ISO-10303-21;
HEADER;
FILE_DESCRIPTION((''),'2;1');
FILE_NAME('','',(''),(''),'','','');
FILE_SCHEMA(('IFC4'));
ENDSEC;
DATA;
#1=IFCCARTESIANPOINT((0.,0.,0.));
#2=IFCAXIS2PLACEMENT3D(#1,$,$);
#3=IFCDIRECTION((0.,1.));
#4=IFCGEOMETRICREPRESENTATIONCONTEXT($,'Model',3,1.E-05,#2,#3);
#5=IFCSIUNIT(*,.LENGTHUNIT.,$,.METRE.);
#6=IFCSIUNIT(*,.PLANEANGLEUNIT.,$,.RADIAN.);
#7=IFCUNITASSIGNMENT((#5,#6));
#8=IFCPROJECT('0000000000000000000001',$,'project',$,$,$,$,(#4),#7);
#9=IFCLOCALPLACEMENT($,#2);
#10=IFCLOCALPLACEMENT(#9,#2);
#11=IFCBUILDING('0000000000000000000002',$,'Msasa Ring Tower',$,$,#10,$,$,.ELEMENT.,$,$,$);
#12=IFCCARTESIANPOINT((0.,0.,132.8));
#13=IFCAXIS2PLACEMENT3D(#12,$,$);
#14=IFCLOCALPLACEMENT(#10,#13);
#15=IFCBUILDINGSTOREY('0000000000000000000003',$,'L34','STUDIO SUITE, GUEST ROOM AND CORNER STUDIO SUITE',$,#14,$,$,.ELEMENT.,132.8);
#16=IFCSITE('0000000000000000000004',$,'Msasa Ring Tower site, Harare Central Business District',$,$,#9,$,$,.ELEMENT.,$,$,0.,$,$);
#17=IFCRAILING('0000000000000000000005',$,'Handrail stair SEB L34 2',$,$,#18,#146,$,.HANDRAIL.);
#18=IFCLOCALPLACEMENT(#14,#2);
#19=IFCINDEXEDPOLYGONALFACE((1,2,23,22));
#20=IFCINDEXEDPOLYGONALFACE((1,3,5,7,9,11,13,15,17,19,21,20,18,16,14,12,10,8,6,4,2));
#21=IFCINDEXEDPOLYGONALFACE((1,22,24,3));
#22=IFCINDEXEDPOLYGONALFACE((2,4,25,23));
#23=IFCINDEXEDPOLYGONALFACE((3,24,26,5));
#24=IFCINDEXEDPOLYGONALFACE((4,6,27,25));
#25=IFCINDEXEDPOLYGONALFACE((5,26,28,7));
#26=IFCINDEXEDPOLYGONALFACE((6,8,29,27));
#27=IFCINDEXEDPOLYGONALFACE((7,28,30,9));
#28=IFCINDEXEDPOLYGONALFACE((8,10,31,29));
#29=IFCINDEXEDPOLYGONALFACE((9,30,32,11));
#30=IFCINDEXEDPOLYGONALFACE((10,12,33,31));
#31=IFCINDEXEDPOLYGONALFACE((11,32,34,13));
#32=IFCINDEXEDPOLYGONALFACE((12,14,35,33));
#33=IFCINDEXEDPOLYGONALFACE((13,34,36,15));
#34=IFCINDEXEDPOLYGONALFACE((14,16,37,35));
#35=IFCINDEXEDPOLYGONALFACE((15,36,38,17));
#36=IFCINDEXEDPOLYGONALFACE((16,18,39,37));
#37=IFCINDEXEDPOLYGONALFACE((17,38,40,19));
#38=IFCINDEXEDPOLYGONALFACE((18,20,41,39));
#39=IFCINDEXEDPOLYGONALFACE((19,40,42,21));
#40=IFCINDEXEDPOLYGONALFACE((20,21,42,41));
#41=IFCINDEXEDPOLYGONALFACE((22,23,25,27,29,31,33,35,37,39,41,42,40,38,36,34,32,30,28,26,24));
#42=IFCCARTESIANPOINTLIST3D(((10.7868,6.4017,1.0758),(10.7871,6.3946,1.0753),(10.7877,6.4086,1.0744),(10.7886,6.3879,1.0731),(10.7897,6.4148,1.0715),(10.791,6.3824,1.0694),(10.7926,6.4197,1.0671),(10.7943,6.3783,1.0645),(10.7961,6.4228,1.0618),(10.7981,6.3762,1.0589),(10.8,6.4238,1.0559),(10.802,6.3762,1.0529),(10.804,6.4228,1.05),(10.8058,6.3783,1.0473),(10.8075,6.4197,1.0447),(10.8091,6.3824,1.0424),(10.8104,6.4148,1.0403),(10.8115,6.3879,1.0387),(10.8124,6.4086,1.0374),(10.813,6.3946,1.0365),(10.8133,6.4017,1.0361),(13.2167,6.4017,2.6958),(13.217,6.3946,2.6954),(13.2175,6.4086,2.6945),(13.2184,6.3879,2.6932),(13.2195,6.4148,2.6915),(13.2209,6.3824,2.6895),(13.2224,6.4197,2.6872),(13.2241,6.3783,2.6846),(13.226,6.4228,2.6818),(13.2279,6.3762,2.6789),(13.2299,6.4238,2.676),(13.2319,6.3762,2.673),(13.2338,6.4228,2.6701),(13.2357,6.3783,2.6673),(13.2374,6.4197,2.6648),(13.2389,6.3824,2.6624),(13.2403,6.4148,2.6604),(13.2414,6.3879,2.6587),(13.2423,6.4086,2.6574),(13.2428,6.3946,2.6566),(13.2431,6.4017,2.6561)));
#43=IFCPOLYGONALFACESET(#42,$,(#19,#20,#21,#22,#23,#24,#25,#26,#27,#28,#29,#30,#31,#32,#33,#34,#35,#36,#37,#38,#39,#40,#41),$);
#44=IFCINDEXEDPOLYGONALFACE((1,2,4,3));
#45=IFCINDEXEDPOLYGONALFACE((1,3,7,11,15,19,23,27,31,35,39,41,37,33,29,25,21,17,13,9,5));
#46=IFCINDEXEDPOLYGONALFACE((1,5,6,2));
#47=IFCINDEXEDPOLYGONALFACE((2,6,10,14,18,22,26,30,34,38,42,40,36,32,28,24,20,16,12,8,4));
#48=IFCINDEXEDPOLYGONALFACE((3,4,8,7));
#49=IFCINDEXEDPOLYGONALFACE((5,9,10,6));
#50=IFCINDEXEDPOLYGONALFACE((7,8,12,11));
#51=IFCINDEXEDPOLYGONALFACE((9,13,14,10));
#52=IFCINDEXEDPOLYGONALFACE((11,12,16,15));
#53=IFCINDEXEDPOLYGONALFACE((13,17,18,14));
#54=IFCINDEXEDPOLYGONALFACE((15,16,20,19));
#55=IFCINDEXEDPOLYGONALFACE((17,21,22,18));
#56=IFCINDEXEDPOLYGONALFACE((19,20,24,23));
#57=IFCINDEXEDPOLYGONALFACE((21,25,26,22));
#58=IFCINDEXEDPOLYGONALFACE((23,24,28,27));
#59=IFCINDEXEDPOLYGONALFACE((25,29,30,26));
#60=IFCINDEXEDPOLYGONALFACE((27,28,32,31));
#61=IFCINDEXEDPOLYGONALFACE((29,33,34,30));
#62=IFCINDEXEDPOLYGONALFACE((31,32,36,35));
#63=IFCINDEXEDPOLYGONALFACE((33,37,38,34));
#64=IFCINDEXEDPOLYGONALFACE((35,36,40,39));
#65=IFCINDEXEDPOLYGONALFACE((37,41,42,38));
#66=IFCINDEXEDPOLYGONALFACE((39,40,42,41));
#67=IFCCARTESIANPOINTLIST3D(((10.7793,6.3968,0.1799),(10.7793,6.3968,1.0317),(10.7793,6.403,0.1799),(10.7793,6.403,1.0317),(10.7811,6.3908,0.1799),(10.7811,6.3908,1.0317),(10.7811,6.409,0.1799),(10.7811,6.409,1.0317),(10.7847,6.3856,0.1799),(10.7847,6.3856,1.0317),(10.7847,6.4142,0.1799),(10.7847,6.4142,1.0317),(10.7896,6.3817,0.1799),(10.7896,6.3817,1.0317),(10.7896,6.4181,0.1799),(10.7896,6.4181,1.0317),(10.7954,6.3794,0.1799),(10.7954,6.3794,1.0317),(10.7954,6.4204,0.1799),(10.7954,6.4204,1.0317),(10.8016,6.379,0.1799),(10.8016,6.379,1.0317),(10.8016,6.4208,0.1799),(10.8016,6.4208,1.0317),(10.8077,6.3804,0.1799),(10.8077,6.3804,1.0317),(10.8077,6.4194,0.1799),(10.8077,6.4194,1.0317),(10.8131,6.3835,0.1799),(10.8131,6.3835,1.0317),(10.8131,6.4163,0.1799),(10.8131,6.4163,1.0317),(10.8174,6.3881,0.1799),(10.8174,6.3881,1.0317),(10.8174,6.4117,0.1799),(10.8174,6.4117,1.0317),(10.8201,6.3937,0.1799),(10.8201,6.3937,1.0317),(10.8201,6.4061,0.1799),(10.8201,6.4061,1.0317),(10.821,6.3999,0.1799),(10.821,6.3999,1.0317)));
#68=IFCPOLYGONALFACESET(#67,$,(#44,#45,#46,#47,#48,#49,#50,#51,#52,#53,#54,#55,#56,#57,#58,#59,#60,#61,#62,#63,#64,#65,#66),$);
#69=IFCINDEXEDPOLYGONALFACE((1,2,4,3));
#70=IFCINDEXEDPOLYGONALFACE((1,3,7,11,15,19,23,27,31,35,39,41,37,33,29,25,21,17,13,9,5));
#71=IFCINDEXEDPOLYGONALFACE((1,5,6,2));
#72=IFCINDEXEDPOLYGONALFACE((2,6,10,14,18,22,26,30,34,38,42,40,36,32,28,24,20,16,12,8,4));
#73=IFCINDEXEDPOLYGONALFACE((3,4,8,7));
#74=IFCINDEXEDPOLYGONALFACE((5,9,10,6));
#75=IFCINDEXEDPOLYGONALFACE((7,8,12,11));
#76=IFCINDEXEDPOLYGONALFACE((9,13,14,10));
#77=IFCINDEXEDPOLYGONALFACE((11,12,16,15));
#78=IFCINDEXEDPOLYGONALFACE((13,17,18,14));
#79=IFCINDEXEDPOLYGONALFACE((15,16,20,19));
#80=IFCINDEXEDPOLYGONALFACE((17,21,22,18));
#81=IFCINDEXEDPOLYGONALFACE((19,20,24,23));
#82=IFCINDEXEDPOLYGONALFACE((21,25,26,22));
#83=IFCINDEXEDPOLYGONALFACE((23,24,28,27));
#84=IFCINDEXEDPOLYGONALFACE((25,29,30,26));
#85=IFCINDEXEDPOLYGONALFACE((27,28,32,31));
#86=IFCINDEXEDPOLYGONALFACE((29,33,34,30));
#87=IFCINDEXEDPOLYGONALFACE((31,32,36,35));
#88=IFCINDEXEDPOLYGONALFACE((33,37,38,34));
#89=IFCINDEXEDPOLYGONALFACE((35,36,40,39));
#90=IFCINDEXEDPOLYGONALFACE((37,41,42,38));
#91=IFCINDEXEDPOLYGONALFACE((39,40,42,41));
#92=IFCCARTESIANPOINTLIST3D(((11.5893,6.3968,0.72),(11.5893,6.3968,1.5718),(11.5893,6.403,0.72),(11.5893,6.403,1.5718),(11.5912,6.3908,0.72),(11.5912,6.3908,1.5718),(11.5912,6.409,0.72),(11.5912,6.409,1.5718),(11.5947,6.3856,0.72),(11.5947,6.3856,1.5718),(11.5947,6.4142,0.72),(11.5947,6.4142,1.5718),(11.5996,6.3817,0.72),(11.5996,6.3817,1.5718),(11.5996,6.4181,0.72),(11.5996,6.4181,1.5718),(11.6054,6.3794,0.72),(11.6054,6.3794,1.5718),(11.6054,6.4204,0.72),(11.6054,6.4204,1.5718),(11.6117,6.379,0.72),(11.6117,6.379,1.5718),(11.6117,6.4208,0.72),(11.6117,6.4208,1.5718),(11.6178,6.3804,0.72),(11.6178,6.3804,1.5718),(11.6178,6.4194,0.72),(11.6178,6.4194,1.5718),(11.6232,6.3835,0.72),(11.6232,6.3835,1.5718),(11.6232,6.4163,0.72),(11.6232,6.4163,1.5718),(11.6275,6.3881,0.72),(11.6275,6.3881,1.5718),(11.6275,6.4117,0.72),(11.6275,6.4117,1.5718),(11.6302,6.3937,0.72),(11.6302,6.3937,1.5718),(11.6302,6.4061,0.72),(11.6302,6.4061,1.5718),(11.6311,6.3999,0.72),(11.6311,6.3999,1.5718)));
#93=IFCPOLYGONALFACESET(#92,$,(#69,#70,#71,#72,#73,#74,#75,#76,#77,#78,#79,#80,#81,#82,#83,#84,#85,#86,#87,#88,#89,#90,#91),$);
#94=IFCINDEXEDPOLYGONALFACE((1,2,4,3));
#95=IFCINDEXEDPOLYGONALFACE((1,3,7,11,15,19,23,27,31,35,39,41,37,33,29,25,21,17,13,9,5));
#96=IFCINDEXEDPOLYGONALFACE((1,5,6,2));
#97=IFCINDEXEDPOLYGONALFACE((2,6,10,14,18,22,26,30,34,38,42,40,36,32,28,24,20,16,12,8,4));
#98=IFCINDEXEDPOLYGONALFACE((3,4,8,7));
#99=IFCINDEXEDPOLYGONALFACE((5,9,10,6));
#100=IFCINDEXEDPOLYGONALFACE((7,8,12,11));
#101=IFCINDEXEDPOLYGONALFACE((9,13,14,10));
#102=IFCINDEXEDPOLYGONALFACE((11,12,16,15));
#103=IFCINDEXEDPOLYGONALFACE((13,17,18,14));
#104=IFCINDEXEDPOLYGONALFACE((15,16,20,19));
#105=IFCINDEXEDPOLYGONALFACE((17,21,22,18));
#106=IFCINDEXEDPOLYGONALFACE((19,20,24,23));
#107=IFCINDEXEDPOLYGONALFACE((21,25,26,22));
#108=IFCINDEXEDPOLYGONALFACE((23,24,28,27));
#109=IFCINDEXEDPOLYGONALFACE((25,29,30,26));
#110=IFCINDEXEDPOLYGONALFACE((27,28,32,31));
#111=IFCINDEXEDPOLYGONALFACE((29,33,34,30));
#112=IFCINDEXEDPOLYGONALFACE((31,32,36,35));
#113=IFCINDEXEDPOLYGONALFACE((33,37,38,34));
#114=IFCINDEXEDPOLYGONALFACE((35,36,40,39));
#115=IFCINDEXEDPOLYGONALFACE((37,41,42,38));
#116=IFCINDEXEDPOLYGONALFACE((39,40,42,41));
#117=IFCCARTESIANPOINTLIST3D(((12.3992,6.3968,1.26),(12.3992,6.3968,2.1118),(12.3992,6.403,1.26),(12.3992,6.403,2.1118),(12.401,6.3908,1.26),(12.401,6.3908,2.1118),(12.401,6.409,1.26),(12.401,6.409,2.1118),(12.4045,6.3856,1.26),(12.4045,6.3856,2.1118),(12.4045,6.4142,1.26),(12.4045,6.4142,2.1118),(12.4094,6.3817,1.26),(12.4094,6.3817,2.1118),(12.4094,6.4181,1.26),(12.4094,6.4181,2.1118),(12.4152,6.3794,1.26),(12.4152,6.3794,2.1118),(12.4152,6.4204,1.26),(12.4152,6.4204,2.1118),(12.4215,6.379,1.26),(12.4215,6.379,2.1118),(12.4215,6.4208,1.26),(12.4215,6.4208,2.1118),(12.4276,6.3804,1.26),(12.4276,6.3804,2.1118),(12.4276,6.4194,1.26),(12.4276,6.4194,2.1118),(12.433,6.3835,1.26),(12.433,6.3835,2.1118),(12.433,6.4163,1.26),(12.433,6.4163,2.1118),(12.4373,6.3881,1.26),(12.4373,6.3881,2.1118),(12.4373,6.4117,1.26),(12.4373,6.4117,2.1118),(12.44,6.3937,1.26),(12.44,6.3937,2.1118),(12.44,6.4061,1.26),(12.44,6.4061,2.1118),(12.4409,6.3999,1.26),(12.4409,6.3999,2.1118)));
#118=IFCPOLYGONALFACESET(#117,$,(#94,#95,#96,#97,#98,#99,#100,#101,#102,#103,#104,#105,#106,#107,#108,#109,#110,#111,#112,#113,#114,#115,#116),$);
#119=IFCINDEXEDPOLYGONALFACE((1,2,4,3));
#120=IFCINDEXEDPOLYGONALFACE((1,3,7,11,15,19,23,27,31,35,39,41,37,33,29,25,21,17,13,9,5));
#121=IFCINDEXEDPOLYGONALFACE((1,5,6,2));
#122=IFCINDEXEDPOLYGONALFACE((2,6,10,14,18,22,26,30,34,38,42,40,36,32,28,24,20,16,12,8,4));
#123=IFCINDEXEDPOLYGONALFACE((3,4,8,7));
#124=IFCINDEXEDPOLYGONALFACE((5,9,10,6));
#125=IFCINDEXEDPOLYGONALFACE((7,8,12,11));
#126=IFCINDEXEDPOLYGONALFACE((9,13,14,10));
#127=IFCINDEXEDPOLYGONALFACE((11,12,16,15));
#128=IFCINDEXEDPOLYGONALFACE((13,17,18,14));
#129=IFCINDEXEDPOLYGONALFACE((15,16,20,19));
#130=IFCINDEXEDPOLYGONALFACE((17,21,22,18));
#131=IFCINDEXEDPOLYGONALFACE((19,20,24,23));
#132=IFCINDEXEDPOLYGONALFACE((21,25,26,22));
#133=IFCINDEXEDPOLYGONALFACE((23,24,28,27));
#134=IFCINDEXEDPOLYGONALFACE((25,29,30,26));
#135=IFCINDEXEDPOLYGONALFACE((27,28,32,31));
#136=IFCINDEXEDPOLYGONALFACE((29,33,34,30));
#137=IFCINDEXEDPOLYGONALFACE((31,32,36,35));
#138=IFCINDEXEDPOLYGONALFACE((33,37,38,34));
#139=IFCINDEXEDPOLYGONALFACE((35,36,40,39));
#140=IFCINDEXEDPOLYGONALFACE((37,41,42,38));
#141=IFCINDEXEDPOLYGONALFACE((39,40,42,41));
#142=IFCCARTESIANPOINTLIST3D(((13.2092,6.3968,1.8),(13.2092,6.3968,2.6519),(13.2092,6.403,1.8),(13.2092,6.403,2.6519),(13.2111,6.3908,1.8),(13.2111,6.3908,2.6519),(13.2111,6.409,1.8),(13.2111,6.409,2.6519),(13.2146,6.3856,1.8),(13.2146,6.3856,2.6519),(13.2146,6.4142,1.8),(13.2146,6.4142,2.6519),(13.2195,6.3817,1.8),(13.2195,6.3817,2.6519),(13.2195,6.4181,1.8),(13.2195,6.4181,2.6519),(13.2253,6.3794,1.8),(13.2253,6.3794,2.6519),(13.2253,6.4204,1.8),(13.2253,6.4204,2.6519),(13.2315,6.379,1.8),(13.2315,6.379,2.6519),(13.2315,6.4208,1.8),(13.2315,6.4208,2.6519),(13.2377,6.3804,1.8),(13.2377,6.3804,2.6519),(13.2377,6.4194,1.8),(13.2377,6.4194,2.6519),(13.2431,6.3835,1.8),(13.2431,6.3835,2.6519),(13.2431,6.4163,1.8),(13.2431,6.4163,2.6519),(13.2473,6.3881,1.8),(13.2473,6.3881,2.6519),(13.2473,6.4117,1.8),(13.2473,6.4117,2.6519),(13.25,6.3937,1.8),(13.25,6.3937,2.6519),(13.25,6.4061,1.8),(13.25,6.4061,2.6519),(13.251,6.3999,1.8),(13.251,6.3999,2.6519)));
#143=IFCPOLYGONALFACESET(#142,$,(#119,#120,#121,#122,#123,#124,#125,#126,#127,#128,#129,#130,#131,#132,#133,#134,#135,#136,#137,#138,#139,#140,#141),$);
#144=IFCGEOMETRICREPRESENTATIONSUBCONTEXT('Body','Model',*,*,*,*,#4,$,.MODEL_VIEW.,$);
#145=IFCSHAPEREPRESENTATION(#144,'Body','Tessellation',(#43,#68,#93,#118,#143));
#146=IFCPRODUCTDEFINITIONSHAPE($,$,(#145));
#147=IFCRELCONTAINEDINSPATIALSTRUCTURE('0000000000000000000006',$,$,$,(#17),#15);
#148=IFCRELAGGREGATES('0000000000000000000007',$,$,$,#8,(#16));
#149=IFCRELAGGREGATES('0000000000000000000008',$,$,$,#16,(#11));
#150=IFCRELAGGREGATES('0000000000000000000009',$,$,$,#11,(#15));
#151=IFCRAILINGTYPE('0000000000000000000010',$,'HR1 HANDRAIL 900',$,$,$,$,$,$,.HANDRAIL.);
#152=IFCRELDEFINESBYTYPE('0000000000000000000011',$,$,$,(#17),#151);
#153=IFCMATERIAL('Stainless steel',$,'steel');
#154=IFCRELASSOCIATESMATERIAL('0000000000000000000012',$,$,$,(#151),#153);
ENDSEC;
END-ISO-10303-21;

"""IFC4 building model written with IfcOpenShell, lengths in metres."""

from ifc_helpers import new_model, si_unit, direction, frame, origin, origin_2d, place, context, subcontext, project, spatial, circle, extrude, material, type_object, element, save


model = new_model("IFC4")

# Units and contexts
model_context = context("Model", 3, precision=1e-05, world=origin(), true_north=direction((0.0, 1.0)))
body_context = subcontext(model_context, "Body", "Model", "MODEL_VIEW")
ifc_project = project(units=[si_unit("LENGTHUNIT", "METRE"), si_unit("PLANEANGLEUNIT", "RADIAN")], contexts=[model_context])

# Site, building, storey
site_placement = place(None, origin())
site = spatial("IfcSite", under=ifc_project, at=site_placement, Name="Msasa Ring Tower site, Harare Central Business District", CompositionType="ELEMENT", RefElevation=0.0)
building_placement = place(site_placement, origin())
building = spatial("IfcBuilding", under=site, at=building_placement, Name="Msasa Ring Tower", CompositionType="ELEMENT")
storey_placement = place(building_placement, frame((0.0, 0.0, 132.8)))
storey = spatial("IfcBuildingStorey", under=building, at=storey_placement, Name="L34", Description="STUDIO SUITE, GUEST ROOM AND CORNER STUDIO SUITE", CompositionType="ELEMENT", Elevation=132.8)

# Railing
ifc_material_1 = material(Name="Stainless steel", Category="steel")
railing_type = type_object("IfcRailingType", Name="HR1 HANDRAIL 900", PredefinedType="HANDRAIL", material=ifc_material_1)
for number, where, name in (
    (1, (10.8, 6.3999, 0.1799), "Handrail stair SEB L34 2"),
):
    element("IfcRailing", number, at=place(storey_placement, frame(where)), inside=storey, type_object=railing_type, Name=name, PredefinedType="HANDRAIL", context=body_context, shape_type="SweptSolid", body=[
        extrude(circle(Radius=0.0239, at=origin_2d()), frame((0.0, 0.0, 0.876), z_axis=(0.832025, 0.0, 0.554739), x_axis=(0.0, 1.0, 0.0)), (0.0, 0.0, 1.0), 2.9204),
        extrude(circle(Radius=0.021, at=origin_2d()), origin(), (0.0, 0.0, 1.0), 0.8518),
        extrude(circle(Radius=0.021, at=origin_2d()), frame((0.8101, 0.0, 0.54)), (0.0, 0.0, 1.0), 0.8518),
        extrude(circle(Radius=0.021, at=origin_2d()), frame((1.6199, 0.0, 1.0801)), (0.0, 0.0, 1.0), 0.8518),
        extrude(circle(Radius=0.021, at=origin_2d()), frame((2.4299, 0.0, 1.6201)), (0.0, 0.0, 1.0), 0.8518),
    ])

save(model, "model.ifc")
